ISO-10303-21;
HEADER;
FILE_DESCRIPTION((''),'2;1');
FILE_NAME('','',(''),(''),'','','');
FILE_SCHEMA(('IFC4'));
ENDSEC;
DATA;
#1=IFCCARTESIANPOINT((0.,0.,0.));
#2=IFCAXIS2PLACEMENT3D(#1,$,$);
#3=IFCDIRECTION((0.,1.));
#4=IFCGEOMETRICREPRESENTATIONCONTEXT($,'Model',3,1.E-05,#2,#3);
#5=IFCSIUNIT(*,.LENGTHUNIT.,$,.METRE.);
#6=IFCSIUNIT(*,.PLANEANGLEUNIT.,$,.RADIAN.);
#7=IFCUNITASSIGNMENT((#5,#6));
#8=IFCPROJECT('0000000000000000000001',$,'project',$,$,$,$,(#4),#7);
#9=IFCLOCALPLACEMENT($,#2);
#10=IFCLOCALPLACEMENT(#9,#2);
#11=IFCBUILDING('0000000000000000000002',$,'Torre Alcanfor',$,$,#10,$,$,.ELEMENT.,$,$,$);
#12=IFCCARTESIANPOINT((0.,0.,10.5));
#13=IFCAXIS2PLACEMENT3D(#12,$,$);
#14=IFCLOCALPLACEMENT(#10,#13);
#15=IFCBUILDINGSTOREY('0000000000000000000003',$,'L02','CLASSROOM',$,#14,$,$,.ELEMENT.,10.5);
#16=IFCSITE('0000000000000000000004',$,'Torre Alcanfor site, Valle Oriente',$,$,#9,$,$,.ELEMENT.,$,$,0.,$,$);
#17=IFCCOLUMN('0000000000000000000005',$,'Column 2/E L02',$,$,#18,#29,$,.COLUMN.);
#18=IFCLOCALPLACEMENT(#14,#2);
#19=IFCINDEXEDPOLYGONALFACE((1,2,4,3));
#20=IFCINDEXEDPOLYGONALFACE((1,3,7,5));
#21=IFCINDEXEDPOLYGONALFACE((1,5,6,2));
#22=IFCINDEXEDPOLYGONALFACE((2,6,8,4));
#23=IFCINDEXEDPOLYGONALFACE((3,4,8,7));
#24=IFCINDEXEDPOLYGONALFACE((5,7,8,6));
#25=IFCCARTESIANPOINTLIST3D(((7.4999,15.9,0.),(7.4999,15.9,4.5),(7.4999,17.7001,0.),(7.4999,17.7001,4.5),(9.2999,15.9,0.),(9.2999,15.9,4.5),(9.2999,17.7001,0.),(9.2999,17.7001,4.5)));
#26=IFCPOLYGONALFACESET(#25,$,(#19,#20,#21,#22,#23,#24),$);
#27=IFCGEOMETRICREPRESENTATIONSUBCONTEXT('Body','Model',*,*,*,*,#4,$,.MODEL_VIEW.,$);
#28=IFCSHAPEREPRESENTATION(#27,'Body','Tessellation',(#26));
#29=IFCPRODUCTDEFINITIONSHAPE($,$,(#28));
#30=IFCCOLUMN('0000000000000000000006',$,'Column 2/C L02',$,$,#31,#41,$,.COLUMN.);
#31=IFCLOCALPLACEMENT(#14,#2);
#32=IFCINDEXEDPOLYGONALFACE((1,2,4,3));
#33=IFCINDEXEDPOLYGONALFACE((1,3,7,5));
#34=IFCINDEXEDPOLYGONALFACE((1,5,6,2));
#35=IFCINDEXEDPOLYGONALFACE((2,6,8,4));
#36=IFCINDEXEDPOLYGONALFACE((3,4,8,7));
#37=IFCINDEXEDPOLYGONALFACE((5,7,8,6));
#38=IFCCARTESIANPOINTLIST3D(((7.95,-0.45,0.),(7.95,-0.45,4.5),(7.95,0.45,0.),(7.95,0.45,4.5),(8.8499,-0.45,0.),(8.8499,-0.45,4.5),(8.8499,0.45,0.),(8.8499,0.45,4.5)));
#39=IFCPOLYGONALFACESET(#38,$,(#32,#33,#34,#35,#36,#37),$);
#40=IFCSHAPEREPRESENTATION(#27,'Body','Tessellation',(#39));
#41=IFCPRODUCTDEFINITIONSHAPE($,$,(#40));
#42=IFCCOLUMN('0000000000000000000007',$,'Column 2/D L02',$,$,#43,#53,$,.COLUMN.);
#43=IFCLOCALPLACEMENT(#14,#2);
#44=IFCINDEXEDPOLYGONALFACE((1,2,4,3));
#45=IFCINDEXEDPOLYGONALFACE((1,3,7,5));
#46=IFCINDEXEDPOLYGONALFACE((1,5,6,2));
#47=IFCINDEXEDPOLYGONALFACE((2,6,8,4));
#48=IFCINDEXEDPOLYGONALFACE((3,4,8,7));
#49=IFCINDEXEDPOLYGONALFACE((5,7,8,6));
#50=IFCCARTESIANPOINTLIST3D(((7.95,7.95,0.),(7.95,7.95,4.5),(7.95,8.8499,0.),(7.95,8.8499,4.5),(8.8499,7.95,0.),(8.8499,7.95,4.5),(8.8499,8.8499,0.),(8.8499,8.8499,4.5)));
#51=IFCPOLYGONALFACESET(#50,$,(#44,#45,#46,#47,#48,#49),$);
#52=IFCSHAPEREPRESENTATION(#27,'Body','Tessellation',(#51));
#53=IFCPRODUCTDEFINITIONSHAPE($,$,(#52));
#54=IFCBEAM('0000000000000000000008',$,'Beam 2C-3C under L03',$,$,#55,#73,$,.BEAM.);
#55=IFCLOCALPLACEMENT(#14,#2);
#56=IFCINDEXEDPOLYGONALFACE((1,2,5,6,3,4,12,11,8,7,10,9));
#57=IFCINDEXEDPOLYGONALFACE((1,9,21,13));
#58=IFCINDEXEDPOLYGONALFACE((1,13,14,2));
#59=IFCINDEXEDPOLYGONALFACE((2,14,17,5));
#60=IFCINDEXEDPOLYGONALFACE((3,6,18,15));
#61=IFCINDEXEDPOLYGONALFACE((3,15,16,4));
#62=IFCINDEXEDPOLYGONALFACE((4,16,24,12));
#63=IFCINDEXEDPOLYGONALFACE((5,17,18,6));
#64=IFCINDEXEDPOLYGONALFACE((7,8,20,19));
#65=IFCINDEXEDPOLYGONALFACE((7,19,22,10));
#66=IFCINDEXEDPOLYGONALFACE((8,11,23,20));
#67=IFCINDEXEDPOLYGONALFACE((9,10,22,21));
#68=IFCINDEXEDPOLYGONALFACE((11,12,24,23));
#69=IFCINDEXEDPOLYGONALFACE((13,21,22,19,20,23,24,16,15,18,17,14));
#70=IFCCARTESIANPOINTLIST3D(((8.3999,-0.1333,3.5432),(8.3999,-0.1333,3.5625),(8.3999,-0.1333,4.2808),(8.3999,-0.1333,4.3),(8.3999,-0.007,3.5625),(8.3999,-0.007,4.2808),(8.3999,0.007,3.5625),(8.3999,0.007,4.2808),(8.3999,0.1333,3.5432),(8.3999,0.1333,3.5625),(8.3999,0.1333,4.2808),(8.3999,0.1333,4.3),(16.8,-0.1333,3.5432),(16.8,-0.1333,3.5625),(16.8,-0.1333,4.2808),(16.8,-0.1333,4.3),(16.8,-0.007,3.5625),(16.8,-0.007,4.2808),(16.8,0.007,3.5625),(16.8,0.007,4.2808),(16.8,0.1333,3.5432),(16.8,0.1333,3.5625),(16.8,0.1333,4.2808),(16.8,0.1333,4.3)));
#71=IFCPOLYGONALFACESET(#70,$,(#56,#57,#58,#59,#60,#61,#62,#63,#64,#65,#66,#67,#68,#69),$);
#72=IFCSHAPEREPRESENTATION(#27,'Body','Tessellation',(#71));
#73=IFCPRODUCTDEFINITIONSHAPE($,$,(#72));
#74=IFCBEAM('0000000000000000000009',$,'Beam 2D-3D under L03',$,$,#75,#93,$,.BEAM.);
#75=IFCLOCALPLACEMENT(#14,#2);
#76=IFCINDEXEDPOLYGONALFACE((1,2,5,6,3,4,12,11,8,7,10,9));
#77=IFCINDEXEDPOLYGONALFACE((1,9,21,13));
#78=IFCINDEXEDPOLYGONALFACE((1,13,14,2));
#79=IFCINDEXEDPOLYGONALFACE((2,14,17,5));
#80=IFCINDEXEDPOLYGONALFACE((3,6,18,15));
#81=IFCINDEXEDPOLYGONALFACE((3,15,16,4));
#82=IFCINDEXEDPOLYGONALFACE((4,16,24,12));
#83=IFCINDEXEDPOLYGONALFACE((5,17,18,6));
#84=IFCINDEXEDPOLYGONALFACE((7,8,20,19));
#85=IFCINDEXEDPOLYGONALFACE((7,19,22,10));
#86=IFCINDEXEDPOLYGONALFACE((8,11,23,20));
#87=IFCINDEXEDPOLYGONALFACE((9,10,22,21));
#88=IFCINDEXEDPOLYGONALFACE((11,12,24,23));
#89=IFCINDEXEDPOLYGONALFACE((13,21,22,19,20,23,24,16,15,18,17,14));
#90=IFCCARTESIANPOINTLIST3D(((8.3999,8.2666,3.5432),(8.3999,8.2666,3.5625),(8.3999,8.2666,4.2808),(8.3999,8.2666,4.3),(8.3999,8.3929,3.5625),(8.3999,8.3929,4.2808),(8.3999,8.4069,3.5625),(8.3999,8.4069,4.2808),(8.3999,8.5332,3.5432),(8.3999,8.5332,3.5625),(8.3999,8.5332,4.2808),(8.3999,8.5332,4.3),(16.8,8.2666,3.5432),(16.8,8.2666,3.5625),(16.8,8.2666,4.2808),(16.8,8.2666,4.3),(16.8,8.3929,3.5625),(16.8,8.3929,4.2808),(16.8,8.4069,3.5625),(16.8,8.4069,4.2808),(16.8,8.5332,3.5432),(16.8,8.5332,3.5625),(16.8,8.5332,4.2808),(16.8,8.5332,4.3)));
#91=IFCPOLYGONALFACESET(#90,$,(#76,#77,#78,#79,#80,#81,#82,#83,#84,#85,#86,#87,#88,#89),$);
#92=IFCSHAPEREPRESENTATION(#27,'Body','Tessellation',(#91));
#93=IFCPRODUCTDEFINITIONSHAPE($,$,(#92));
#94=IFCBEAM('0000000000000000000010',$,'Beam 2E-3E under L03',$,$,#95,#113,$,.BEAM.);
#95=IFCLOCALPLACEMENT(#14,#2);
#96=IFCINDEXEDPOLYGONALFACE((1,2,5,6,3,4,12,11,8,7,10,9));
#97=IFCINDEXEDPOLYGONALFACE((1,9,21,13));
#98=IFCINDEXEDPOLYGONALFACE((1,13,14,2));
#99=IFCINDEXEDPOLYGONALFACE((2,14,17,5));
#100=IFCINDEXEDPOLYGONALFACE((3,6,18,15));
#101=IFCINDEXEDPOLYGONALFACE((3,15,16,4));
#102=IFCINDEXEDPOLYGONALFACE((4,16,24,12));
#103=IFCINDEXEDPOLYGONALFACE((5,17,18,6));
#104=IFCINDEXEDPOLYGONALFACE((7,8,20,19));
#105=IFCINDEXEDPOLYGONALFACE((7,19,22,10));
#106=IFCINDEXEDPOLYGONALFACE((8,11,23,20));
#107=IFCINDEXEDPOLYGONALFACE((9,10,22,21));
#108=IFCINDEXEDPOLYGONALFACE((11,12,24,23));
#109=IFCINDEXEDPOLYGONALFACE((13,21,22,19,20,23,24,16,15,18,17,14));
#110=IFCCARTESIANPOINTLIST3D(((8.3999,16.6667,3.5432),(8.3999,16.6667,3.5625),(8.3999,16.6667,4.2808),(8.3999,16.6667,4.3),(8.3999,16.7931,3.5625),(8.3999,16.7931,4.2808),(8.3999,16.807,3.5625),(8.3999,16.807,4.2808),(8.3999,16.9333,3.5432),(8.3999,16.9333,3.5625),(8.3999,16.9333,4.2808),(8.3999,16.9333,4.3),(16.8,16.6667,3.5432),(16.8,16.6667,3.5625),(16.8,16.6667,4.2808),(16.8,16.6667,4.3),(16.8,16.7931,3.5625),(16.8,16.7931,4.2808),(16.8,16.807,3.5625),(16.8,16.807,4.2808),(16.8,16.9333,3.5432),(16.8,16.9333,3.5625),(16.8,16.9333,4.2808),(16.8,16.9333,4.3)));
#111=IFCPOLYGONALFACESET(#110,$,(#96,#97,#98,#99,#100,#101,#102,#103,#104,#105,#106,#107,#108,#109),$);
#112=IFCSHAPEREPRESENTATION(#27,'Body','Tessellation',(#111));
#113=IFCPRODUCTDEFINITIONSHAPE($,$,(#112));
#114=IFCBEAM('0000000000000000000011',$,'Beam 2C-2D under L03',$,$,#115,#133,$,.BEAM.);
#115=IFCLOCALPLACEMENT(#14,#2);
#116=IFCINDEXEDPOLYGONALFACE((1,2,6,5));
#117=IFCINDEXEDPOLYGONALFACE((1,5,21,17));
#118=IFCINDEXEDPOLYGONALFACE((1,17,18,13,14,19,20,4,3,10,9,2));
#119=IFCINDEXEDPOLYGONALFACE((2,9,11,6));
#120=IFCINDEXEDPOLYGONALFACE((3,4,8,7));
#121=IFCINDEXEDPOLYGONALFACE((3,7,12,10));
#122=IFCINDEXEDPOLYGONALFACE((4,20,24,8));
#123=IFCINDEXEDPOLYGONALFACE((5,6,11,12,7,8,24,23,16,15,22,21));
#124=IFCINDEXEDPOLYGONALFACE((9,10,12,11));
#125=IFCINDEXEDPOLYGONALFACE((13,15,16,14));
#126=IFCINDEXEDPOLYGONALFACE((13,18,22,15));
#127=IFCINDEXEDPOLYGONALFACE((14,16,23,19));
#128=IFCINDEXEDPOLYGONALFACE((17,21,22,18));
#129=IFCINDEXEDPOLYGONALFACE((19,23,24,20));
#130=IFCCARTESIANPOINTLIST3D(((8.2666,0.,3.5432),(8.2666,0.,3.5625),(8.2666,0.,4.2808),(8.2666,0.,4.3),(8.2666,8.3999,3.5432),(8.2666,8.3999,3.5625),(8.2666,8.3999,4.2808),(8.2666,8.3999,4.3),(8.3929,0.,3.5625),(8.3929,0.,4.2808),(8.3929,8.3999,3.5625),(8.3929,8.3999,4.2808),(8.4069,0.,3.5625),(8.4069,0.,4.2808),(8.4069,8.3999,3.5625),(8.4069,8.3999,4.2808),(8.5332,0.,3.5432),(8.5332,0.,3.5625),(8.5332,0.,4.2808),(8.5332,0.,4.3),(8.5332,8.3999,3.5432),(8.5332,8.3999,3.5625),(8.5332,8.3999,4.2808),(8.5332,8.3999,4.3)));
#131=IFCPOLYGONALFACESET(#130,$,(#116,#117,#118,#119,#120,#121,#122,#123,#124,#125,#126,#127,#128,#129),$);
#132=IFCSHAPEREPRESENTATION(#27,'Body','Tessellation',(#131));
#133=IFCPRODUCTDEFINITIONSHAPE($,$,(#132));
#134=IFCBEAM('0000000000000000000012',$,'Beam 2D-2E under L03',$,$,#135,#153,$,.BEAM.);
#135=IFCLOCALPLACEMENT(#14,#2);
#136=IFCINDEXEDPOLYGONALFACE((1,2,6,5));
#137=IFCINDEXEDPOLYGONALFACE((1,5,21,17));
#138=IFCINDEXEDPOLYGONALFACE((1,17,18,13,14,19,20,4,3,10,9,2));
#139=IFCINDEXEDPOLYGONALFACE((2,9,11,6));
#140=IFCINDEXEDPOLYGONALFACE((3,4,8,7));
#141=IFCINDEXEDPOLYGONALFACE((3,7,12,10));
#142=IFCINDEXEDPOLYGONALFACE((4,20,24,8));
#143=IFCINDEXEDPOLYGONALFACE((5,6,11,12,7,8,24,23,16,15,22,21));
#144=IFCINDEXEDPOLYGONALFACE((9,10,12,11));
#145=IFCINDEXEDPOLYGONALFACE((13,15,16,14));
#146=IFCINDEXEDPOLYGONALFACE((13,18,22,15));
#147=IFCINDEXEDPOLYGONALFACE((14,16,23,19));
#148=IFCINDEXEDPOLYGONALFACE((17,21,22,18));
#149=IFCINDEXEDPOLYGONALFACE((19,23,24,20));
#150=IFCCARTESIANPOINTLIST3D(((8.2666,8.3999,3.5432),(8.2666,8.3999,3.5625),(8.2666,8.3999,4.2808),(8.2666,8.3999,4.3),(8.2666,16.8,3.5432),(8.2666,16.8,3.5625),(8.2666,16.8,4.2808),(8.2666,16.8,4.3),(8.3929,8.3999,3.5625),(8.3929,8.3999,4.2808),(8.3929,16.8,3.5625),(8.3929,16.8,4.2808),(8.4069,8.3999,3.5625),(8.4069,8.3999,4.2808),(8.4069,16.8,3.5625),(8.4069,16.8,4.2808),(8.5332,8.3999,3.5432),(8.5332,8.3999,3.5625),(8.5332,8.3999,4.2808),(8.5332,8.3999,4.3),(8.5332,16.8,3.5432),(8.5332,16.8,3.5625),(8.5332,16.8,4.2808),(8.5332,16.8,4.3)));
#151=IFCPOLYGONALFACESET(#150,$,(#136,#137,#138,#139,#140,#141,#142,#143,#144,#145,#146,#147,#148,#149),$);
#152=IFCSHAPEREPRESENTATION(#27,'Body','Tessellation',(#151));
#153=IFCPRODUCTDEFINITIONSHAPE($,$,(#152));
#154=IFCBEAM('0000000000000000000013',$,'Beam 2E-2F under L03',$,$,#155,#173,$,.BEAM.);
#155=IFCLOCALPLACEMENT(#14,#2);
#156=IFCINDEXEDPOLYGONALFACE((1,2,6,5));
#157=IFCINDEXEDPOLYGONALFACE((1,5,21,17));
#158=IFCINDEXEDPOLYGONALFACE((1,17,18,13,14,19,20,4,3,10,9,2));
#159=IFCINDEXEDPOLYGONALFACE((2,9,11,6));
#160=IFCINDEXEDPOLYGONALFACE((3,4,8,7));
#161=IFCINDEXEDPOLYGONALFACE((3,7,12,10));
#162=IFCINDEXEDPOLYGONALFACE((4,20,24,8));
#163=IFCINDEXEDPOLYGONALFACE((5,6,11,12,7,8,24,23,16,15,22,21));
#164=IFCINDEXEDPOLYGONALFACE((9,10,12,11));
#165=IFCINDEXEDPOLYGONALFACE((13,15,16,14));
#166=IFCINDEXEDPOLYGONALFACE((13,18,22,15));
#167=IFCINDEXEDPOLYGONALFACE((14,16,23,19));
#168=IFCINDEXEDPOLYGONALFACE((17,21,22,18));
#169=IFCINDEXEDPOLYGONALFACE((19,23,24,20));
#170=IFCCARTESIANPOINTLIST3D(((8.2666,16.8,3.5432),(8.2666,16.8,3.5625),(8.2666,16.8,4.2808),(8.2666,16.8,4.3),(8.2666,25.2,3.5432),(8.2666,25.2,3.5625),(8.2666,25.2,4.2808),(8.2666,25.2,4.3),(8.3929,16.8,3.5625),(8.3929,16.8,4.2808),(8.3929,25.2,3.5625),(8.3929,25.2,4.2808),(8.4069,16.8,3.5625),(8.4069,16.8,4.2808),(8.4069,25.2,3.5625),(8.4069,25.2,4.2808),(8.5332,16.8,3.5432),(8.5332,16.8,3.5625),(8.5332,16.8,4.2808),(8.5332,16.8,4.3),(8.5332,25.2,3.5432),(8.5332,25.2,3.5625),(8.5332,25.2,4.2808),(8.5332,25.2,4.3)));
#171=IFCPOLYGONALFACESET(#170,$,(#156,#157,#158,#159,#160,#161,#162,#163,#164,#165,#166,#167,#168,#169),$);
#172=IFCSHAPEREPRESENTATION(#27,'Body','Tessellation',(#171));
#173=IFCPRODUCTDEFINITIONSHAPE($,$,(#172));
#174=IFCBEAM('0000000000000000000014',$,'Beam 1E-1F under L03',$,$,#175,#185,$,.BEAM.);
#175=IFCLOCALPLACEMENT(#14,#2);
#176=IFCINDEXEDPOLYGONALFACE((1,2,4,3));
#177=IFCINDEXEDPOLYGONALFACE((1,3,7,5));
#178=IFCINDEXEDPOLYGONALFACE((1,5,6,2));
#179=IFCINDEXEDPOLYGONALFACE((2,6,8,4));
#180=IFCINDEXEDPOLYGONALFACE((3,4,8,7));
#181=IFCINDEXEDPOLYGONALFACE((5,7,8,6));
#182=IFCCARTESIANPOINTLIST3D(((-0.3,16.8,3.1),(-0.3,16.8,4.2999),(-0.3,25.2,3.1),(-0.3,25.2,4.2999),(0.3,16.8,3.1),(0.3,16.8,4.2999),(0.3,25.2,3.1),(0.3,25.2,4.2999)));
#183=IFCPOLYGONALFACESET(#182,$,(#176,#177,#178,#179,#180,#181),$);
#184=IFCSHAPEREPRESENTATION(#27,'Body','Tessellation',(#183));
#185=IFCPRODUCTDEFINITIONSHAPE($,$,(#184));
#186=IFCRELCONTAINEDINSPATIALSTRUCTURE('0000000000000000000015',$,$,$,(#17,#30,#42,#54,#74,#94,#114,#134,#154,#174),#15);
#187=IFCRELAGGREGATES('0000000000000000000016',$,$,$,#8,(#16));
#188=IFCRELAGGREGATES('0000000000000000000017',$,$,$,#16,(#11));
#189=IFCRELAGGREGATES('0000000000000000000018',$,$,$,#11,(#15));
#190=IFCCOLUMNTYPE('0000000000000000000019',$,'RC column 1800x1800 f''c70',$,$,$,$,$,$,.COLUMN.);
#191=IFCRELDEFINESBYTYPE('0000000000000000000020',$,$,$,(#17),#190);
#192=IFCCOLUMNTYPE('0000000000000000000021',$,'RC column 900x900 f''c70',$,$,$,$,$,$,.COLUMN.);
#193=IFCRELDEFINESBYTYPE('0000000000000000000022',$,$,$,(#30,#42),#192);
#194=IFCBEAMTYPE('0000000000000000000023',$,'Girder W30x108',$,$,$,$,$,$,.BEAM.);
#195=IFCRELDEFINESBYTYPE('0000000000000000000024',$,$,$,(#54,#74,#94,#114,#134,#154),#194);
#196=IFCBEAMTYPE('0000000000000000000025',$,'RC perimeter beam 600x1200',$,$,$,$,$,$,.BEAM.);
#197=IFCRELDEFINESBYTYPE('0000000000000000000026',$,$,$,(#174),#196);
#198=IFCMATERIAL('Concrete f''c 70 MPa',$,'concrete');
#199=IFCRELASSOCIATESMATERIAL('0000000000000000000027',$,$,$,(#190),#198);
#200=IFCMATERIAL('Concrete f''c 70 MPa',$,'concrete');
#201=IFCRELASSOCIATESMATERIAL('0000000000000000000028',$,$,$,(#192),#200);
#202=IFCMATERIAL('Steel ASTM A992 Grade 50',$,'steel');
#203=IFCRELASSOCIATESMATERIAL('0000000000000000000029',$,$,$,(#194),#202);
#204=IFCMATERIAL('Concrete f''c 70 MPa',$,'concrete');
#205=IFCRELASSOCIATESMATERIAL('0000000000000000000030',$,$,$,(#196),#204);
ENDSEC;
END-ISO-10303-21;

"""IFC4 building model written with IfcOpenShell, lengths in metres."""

from ifc_helpers import new_model, si_unit, direction, frame, origin, origin_2d, place, context, subcontext, project, spatial, rectangle, i_section, extrude, material, material_profile, profile_set, type_object, element, save


model = new_model("IFC4")

# Units and contexts
model_context = context("Model", 3, precision=1e-05, world=origin(), true_north=direction((0.0, 1.0)))
body_context = subcontext(model_context, "Body", "Model", "MODEL_VIEW")
ifc_project = project(units=[si_unit("LENGTHUNIT", "METRE"), si_unit("PLANEANGLEUNIT", "RADIAN")], contexts=[model_context])

# Site, building, storey
site_placement = place(None, origin())
site = spatial("IfcSite", under=ifc_project, at=site_placement, Name="Torre Alcanfor site, Valle Oriente", CompositionType="ELEMENT", RefElevation=0.0)
building_placement = place(site_placement, origin())
building = spatial("IfcBuilding", under=site, at=building_placement, Name="Torre Alcanfor", CompositionType="ELEMENT")
storey_placement = place(building_placement, frame((0.0, 0.0, 10.5)))
storey = spatial("IfcBuildingStorey", under=building, at=storey_placement, Name="L02", Description="CLASSROOM", CompositionType="ELEMENT", Elevation=10.5)

# Columns
ifc_material_1 = material(Name="Concrete f'c 70 MPa", Category="concrete")
ifc_material_profile_1 = material_profile(ifc_material_1, rectangle(XDim=1.8, YDim=1.8, at=origin_2d()), Name="1800x1800")
ifc_profile_set_1 = profile_set([ifc_material_profile_1], Name="Concrete f'c 70 MPa")
column_type_1 = type_object("IfcColumnType", Name="RC column 1800x1800 f'c70", PredefinedType="COLUMN", material=ifc_profile_set_1)
column_placement = place(storey_placement, frame((8.3999, 16.8, 0.0), z_axis=(0.0, 0.0, 1.0), x_axis=(1.0, 0.0, 0.0)))
element("IfcColumn", 1, at=column_placement, inside=storey, type_object=column_type_1, Name="Column 2/E L02", PredefinedType="COLUMN", context=body_context, shape_type="SweptSolid", body=[
    extrude(rectangle(XDim=1.8, YDim=1.8, at=origin_2d()), origin(), (0.0, 0.0, 1.0), 4.5),
])
ifc_material_2 = material(Name="Concrete f'c 70 MPa", Category="concrete")
ifc_material_profile_2 = material_profile(ifc_material_2, rectangle(XDim=0.8999, YDim=0.8999, at=origin_2d()), Name="900x900")
ifc_profile_set_2 = profile_set([ifc_material_profile_2], Name="Concrete f'c 70 MPa")
column_type_2 = type_object("IfcColumnType", Name="RC column 900x900 f'c70", PredefinedType="COLUMN", material=ifc_profile_set_2)
for number, where, z_axis, x_axis, name in (
    (2, (8.3999, 0.0, 0.0), (0.0, 0.0, 1.0), (1.0, 0.0, 0.0), "Column 2/C L02"),
    (3, (8.3999, 8.3999, 0.0), (0.0, 0.0, 1.0), (1.0, 0.0, 0.0), "Column 2/D L02"),
):
    element("IfcColumn", number, at=place(storey_placement, frame(where, z_axis=z_axis, x_axis=x_axis)), inside=storey, type_object=column_type_2, Name=name, PredefinedType="COLUMN", context=body_context, shape_type="SweptSolid", body=[
        extrude(rectangle(XDim=0.8999, YDim=0.8999, at=origin_2d()), origin(), (0.0, 0.0, 1.0), 4.5),
    ])

# Beams
ifc_material_3 = material(Name="Steel ASTM A992 Grade 50", Category="steel")
ifc_material_profile_3 = material_profile(ifc_material_3, i_section(OverallWidth=0.2666, OverallDepth=0.7568, WebThickness=0.0139, FlangeThickness=0.0193, at=origin_2d()), Name="W30x108")
ifc_profile_set_3 = profile_set([ifc_material_profile_3], Name="Steel ASTM A992 Grade 50")
beam_type_1 = type_object("IfcBeamType", Name="Girder W30x108", PredefinedType="BEAM", material=ifc_profile_set_3)
for number, where, z_axis, x_axis, name in (
    (4, (8.3999, 0.0, 3.9216), (1.0, 0.0, 0.0), (0.0, 1.0, 0.0), "Beam 2C-3C under L03"),
    (5, (8.3999, 8.3999, 3.9216), (1.0, 0.0, 0.0), (0.0, 1.0, 0.0), "Beam 2D-3D under L03"),
    (6, (8.3999, 16.8, 3.9216), (1.0, 0.0, 0.0), (0.0, 1.0, 0.0), "Beam 2E-3E under L03"),
):
    element("IfcBeam", number, at=place(storey_placement, frame(where, z_axis=z_axis, x_axis=x_axis)), inside=storey, type_object=beam_type_1, Name=name, PredefinedType="BEAM", context=body_context, shape_type="SweptSolid", body=[
        extrude(i_section(OverallWidth=0.2666, OverallDepth=0.7568, WebThickness=0.0139, FlangeThickness=0.0193, at=origin_2d()), origin(), (0.0, 0.0, 1.0), 8.4001),
    ])
beam_1_placement = place(storey_placement, frame((8.3999, 0.0, 3.9216), z_axis=(0.0, 1.0, 0.0), x_axis=(-1.0, 0.0, 0.0)))
element("IfcBeam", 7, at=beam_1_placement, inside=storey, type_object=beam_type_1, Name="Beam 2C-2D under L03", PredefinedType="BEAM", context=body_context, shape_type="SweptSolid", body=[
    extrude(i_section(OverallWidth=0.2666, OverallDepth=0.7568, WebThickness=0.0139, FlangeThickness=0.0193, at=origin_2d()), origin(), (0.0, 0.0, 1.0), 8.3999),
])
beam_2_placement = place(storey_placement, frame((8.3999, 8.3999, 3.9216), z_axis=(0.0, 1.0, 0.0), x_axis=(-1.0, 0.0, 0.0)))
element("IfcBeam", 8, at=beam_2_placement, inside=storey, type_object=beam_type_1, Name="Beam 2D-2E under L03", PredefinedType="BEAM", context=body_context, shape_type="SweptSolid", body=[
    extrude(i_section(OverallWidth=0.2666, OverallDepth=0.7568, WebThickness=0.0139, FlangeThickness=0.0193, at=origin_2d()), origin(), (0.0, 0.0, 1.0), 8.4001),
])
beam_3_placement = place(storey_placement, frame((8.3999, 16.8, 3.9216), z_axis=(0.0, 1.0, 0.0), x_axis=(-1.0, 0.0, 0.0)))
element("IfcBeam", 9, at=beam_3_placement, inside=storey, type_object=beam_type_1, Name="Beam 2E-2F under L03", PredefinedType="BEAM", context=body_context, shape_type="SweptSolid", body=[
    extrude(i_section(OverallWidth=0.2666, OverallDepth=0.7568, WebThickness=0.0139, FlangeThickness=0.0193, at=origin_2d()), origin(), (0.0, 0.0, 1.0), 8.3999),
])
ifc_material_4 = material(Name="Concrete f'c 70 MPa", Category="concrete")
ifc_material_profile_4 = material_profile(ifc_material_4, rectangle(XDim=0.6001, YDim=1.2, at=origin_2d()), Name="600x1200")
ifc_profile_set_4 = profile_set([ifc_material_profile_4], Name="Concrete f'c 70 MPa")
beam_type_2 = type_object("IfcBeamType", Name="RC perimeter beam 600x1200", PredefinedType="BEAM", material=ifc_profile_set_4)
beam_4_placement = place(storey_placement, frame((0.0, 16.8, 3.7), z_axis=(0.0, 1.0, 0.0), x_axis=(-1.0, 0.0, 0.0)))
element("IfcBeam", 10, at=beam_4_placement, inside=storey, type_object=beam_type_2, Name="Beam 1E-1F under L03", PredefinedType="BEAM", context=body_context, shape_type="SweptSolid", body=[
    extrude(rectangle(XDim=0.6001, YDim=1.2, at=origin_2d()), origin(), (0.0, 0.0, 1.0), 8.3999),
])

save(model, "model.ifc")
